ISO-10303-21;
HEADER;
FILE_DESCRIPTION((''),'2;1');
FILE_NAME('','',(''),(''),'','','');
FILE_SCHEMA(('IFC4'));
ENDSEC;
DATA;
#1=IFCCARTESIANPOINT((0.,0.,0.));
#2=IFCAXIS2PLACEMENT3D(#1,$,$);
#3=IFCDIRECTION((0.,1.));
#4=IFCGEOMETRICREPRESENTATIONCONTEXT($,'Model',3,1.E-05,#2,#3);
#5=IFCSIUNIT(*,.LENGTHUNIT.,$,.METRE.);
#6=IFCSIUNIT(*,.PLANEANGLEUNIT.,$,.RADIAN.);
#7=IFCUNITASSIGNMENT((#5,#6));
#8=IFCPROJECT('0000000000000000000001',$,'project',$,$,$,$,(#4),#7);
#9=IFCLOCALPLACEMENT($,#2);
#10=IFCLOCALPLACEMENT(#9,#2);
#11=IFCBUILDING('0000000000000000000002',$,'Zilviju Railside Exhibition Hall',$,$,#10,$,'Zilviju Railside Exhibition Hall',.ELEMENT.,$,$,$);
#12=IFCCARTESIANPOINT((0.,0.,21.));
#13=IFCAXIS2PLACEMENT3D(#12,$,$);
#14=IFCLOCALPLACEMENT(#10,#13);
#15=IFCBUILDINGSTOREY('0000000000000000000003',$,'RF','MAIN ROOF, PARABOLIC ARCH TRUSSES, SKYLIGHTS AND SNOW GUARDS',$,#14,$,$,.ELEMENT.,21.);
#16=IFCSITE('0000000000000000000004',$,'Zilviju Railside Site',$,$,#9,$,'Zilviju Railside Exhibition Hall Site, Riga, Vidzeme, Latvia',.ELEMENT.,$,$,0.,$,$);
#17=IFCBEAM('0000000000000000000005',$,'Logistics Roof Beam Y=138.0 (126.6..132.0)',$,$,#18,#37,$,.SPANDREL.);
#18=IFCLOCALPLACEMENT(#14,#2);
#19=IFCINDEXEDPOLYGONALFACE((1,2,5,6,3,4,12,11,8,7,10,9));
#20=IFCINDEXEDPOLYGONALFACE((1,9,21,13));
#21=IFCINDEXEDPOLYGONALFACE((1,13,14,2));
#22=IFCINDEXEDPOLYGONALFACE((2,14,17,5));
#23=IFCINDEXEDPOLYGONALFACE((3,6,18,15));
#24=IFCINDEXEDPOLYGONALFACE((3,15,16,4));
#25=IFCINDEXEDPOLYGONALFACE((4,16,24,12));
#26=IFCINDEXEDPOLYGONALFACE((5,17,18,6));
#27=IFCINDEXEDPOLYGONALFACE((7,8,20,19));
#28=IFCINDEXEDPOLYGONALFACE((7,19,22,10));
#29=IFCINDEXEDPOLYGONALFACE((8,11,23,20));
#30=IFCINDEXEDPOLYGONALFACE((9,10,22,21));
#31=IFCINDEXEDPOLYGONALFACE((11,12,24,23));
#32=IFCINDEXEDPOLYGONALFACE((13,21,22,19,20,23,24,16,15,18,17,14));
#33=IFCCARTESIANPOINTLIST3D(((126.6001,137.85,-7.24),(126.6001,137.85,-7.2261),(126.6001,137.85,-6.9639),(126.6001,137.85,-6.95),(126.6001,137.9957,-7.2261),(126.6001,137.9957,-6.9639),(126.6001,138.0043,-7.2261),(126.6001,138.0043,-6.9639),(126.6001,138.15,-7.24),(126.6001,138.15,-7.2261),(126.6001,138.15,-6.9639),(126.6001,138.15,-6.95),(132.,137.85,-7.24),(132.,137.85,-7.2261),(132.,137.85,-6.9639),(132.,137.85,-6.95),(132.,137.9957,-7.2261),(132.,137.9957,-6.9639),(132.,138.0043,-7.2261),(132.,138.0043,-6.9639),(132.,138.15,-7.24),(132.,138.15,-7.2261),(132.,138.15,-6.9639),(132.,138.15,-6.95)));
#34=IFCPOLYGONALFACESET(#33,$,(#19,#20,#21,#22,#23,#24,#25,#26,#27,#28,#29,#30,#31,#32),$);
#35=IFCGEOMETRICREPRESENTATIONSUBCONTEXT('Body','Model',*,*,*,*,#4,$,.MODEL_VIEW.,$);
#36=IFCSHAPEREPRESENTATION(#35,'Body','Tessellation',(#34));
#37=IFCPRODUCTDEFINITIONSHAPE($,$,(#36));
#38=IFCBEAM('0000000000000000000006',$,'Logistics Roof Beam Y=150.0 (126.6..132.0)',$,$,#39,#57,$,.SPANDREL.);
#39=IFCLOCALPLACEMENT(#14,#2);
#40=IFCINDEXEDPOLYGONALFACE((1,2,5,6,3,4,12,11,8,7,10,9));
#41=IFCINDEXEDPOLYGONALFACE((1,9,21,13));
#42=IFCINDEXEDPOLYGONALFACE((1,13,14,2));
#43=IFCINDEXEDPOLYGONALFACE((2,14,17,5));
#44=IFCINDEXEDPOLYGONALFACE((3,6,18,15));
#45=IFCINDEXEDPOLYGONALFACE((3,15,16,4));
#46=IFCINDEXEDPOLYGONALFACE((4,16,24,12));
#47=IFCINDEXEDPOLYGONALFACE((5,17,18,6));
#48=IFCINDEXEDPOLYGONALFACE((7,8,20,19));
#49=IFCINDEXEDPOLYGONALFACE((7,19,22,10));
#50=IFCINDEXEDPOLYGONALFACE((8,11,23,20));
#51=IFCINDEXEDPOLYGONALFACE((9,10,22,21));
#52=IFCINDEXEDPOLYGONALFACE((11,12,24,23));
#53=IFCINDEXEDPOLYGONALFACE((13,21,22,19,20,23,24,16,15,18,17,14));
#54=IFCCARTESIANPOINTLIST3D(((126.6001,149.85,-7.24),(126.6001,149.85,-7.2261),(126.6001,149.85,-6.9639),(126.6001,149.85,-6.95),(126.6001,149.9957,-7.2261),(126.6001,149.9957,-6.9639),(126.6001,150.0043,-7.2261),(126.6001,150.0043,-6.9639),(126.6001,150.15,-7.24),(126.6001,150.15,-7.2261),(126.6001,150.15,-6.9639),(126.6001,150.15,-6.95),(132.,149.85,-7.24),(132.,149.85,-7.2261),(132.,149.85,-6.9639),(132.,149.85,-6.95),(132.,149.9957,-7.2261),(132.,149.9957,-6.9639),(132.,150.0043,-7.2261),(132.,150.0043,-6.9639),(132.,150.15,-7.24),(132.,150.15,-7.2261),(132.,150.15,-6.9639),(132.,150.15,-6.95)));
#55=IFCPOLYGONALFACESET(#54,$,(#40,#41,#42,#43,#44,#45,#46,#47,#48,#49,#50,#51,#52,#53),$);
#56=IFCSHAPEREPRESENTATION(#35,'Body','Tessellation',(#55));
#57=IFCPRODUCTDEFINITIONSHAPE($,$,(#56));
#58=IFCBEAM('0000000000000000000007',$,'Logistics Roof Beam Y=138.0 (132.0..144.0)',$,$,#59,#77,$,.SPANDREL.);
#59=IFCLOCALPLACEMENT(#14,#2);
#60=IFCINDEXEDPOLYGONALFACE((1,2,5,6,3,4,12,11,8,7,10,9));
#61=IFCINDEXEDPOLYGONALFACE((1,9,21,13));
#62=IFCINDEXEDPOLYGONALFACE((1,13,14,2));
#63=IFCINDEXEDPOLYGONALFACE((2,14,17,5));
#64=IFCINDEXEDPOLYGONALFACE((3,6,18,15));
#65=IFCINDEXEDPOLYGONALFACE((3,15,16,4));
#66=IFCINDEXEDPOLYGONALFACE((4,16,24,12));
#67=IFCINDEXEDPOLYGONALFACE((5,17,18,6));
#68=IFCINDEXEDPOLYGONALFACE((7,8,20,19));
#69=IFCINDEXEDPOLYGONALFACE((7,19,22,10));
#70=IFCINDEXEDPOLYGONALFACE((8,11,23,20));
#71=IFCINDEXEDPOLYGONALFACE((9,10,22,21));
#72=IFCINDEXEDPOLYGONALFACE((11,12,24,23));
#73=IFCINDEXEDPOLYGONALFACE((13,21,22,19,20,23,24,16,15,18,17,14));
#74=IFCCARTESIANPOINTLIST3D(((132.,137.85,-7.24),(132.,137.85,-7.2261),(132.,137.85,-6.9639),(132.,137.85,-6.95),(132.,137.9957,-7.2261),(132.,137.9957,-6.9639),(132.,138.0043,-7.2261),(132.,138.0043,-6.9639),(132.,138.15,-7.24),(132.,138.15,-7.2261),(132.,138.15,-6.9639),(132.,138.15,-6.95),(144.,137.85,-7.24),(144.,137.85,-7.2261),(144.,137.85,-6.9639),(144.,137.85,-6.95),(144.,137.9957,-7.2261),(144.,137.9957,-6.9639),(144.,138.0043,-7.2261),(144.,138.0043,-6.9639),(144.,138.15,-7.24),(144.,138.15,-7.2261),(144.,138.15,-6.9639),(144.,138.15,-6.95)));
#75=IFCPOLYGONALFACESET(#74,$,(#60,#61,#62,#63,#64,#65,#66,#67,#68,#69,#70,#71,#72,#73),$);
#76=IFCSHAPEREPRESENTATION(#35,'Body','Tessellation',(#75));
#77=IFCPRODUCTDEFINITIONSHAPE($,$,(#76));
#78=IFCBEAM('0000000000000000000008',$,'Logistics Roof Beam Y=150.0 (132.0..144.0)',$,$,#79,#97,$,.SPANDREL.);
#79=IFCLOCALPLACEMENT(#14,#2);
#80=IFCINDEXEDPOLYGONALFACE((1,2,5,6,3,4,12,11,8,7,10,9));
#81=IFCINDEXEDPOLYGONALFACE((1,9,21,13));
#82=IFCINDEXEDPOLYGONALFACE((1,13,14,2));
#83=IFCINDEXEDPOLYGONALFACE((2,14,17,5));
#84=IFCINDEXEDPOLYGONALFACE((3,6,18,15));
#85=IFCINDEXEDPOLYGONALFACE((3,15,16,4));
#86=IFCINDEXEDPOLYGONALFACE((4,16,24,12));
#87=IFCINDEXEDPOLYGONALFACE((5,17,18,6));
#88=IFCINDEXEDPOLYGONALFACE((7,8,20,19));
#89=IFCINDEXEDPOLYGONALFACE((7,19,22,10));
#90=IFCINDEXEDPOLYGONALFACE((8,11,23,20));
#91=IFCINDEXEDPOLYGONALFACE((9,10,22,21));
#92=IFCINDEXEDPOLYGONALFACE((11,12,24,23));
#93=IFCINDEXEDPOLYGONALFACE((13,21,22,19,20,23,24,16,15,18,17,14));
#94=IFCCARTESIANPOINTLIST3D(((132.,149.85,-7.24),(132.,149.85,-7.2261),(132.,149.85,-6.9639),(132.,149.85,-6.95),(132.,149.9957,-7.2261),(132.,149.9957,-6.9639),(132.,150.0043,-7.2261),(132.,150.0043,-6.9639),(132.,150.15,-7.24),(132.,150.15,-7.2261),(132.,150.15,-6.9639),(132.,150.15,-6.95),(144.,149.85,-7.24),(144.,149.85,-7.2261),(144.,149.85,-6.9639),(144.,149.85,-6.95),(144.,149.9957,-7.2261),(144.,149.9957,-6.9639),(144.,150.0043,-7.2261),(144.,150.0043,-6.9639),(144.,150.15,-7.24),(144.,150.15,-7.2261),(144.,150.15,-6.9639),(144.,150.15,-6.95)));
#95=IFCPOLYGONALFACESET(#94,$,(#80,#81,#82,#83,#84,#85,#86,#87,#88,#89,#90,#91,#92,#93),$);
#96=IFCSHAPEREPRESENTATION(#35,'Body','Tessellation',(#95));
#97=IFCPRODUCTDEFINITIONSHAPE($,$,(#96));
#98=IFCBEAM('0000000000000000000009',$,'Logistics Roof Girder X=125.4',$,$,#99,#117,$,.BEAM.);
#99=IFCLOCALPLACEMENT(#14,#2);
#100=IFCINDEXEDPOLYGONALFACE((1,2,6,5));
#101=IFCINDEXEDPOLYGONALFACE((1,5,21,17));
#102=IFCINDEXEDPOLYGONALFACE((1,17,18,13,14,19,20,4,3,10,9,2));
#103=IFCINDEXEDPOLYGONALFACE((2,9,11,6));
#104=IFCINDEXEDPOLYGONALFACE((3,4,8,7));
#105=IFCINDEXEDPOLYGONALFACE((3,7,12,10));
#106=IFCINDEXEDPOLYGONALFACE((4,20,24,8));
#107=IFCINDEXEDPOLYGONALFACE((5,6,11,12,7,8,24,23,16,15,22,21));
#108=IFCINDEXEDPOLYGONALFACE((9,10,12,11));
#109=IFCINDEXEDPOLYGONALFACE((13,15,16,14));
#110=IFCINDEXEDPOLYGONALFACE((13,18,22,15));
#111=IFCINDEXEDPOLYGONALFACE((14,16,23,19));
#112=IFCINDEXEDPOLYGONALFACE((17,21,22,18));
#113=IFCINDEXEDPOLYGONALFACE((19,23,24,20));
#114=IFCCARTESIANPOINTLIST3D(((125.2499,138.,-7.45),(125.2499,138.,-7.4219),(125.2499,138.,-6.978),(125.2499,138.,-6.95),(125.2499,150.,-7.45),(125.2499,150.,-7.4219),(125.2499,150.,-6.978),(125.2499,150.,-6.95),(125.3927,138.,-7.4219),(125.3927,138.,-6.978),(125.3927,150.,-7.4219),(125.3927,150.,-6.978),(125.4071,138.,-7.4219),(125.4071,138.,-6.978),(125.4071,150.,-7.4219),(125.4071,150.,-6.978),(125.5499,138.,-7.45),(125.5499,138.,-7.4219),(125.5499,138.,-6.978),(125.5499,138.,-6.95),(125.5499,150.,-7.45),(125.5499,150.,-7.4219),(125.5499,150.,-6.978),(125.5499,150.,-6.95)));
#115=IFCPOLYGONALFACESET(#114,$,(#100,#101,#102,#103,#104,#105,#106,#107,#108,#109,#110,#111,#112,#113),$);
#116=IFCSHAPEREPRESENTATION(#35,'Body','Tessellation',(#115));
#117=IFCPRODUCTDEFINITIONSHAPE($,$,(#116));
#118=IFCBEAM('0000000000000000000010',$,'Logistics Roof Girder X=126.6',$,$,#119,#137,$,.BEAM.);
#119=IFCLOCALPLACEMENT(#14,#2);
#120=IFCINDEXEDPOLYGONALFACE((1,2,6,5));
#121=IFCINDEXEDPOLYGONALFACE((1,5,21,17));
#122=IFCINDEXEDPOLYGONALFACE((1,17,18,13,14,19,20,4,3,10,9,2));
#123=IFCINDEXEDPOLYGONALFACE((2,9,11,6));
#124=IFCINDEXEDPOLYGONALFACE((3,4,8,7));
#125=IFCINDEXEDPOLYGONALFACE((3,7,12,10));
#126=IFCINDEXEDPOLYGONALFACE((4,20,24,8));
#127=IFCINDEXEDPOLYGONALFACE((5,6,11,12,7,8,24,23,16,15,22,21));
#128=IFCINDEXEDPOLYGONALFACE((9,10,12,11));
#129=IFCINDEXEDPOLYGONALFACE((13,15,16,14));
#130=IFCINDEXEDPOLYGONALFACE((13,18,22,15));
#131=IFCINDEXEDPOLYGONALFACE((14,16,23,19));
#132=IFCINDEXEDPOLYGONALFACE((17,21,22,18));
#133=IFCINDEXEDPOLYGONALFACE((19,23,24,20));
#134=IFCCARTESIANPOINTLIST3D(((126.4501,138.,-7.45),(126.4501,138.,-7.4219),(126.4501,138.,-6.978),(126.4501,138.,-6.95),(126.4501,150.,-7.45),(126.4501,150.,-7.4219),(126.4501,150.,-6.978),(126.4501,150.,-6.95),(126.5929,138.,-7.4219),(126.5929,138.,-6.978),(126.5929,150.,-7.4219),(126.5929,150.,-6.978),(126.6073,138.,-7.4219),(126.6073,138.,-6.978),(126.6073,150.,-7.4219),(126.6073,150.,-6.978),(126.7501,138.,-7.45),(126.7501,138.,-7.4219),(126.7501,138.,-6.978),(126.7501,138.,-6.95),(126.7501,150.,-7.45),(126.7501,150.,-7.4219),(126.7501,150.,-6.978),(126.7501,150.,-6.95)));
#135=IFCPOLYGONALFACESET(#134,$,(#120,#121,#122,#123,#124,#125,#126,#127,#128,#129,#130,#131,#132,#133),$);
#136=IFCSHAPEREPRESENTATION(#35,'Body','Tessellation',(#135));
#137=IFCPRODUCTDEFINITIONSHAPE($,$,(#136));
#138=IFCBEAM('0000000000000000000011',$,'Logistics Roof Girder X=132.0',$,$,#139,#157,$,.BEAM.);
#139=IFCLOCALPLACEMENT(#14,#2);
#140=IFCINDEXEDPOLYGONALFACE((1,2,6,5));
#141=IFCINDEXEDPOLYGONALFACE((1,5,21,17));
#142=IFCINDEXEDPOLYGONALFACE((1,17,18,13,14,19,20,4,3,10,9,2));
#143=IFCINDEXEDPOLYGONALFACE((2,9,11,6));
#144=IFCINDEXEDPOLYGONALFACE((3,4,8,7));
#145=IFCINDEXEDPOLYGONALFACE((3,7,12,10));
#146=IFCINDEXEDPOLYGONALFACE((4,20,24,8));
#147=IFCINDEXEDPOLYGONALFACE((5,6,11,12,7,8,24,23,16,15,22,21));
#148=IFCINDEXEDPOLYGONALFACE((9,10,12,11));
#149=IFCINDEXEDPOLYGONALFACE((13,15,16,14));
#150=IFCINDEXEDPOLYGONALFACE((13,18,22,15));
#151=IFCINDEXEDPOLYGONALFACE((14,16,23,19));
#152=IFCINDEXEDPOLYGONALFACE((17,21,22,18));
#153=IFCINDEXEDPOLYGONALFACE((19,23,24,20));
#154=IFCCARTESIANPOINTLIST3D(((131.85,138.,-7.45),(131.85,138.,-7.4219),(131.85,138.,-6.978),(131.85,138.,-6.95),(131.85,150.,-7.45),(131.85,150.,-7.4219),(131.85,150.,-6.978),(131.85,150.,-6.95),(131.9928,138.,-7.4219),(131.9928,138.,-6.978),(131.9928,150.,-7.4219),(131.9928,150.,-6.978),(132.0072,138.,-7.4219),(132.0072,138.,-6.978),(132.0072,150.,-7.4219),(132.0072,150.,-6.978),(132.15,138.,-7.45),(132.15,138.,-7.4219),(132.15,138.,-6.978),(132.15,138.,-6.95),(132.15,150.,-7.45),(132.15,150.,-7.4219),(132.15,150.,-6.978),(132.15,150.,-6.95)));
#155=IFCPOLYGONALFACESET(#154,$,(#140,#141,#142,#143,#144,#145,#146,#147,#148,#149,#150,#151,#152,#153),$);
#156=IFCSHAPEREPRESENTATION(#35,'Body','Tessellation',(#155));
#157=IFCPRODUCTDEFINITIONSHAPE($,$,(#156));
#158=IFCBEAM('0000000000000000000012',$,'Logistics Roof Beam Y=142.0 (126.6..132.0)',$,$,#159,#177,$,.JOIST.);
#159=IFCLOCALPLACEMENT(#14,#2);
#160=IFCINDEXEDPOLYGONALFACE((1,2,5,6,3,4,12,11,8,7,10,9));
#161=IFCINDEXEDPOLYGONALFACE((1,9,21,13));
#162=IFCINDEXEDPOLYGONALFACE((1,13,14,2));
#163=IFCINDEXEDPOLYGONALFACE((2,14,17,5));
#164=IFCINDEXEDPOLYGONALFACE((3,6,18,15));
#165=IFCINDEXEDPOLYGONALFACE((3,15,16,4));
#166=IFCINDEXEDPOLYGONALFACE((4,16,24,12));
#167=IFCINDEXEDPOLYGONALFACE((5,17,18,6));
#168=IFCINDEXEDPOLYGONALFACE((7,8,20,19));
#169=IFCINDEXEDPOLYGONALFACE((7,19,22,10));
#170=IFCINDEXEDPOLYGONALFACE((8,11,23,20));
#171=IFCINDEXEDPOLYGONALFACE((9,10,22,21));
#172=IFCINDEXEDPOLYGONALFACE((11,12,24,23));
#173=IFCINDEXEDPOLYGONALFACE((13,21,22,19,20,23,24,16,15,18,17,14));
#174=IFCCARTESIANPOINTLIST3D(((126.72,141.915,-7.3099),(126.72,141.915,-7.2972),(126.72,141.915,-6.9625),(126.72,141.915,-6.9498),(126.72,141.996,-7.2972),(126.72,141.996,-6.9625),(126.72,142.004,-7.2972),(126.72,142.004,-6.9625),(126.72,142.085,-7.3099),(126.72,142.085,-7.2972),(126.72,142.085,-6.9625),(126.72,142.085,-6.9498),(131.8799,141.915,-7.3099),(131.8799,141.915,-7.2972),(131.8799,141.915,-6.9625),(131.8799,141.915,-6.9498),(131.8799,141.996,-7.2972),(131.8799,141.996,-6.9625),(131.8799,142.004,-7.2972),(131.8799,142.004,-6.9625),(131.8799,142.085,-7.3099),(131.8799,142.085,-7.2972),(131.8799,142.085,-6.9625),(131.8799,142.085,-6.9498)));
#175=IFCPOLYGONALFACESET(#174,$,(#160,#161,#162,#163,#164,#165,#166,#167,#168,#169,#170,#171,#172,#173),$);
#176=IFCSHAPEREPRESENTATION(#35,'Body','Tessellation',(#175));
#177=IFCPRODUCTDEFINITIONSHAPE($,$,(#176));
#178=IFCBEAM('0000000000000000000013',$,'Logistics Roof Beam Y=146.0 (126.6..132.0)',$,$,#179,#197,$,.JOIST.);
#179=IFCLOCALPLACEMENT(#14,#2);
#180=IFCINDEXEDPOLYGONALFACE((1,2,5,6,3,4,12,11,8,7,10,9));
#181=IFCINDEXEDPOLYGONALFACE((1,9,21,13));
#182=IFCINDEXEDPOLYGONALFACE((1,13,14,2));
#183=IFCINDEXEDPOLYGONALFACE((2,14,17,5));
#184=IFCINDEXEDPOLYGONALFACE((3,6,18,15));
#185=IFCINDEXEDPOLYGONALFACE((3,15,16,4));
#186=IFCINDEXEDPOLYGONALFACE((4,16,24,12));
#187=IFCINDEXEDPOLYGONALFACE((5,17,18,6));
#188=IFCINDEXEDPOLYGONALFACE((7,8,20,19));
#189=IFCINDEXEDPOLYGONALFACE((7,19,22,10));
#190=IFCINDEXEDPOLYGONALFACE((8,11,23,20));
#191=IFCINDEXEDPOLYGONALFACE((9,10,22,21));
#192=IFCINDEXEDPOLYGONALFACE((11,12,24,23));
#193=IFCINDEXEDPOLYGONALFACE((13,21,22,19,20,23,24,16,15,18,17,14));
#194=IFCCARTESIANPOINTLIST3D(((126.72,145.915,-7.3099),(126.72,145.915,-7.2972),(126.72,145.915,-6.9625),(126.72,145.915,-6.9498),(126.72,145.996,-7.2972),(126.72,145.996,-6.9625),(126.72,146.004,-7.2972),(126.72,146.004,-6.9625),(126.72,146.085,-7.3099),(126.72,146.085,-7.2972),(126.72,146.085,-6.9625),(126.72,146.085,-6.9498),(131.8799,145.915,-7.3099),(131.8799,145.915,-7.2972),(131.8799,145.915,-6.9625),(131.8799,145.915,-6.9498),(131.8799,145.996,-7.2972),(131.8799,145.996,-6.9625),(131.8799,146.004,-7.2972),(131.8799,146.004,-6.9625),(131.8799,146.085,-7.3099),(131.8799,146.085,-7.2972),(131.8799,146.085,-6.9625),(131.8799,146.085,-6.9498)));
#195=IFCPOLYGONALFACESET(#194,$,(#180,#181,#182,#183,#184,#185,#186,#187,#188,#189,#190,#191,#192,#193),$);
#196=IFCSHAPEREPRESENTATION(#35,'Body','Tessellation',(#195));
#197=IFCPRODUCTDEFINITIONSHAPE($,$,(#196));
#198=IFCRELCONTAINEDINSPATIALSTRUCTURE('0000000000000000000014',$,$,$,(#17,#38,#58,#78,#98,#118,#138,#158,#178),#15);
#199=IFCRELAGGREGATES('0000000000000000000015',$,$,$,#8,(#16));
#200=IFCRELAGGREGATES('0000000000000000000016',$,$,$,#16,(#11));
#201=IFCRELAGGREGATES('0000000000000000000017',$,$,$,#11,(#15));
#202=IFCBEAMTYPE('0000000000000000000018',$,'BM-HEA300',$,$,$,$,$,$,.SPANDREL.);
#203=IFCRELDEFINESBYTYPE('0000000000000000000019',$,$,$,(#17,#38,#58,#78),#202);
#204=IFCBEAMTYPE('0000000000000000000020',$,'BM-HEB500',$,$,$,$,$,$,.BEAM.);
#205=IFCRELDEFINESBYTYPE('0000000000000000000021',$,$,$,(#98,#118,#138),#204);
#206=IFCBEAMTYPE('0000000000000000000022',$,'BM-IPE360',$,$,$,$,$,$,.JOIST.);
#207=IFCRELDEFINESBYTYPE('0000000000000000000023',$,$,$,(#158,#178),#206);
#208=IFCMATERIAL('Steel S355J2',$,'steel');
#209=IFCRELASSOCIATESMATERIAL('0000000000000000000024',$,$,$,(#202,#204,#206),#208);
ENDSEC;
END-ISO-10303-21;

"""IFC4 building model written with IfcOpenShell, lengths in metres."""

from ifc_helpers import new_model, si_unit, direction, frame, origin, origin_2d, place, context, subcontext, project, spatial, i_section, extrude, material, material_profile, profile_set, type_object, element, save


model = new_model("IFC4")

# Units and contexts
model_context = context("Model", 3, precision=1e-05, world=origin(), true_north=direction((0.0, 1.0)))
body_context = subcontext(model_context, "Body", "Model", "MODEL_VIEW")
ifc_project = project(units=[si_unit("LENGTHUNIT", "METRE"), si_unit("PLANEANGLEUNIT", "RADIAN")], contexts=[model_context])

# Site, building, storey
site_placement = place(None, origin())
site = spatial("IfcSite", under=ifc_project, at=site_placement, Name="Zilviju Railside Site", LongName="Zilviju Railside Exhibition Hall Site, Riga, Vidzeme, Latvia", CompositionType="ELEMENT", RefElevation=0.0)
building_placement = place(site_placement, origin())
building = spatial("IfcBuilding", under=site, at=building_placement, Name="Zilviju Railside Exhibition Hall", LongName="Zilviju Railside Exhibition Hall", CompositionType="ELEMENT")
storey_placement = place(building_placement, frame((0.0, 0.0, 21.0)))
storey = spatial("IfcBuildingStorey", under=building, at=storey_placement, Name="RF", Description="MAIN ROOF, PARABOLIC ARCH TRUSSES, SKYLIGHTS AND SNOW GUARDS", CompositionType="ELEMENT", Elevation=21.0)

# Beams
ifc_material_1 = material(Name="Steel S355J2", Category="steel")
ifc_material_profile_1 = material_profile(ifc_material_1, i_section(OverallWidth=0.3, OverallDepth=0.29, WebThickness=0.0085, FlangeThickness=0.0139, at=origin_2d()), Name="HEA 300")
ifc_profile_set_1 = profile_set([ifc_material_profile_1], Name="Steel S355J2")
beam_type_1 = type_object("IfcBeamType", Name="BM-HEA300", PredefinedType="SPANDREL", material=ifc_profile_set_1)
for number, where, z_axis, x_axis, name in (
    (1, (126.6001, 138.0, -7.095), (1.0, 0.0, 0.0), (0.0, 1.0, 0.0), "Logistics Roof Beam Y=138.0 (126.6..132.0)"),
    (2, (126.6001, 150.0, -7.095), (1.0, 0.0, 0.0), (0.0, 1.0, 0.0), "Logistics Roof Beam Y=150.0 (126.6..132.0)"),
):
    element("IfcBeam", number, at=place(storey_placement, frame(where, z_axis=z_axis, x_axis=x_axis)), inside=storey, type_object=beam_type_1, Name=name, PredefinedType="SPANDREL", context=body_context, shape_type="SweptSolid", body=[
        extrude(i_section(OverallWidth=0.3, OverallDepth=0.29, WebThickness=0.0085, FlangeThickness=0.0139, at=origin_2d()), origin(), (0.0, 0.0, 1.0), 5.3999),
    ])
for number, where, z_axis, x_axis, name in (
    (3, (132.0, 138.0, -7.095), (1.0, 0.0, 0.0), (0.0, 1.0, 0.0), "Logistics Roof Beam Y=138.0 (132.0..144.0)"),
    (4, (132.0, 150.0, -7.095), (1.0, 0.0, 0.0), (0.0, 1.0, 0.0), "Logistics Roof Beam Y=150.0 (132.0..144.0)"),
):
    element("IfcBeam", number, at=place(storey_placement, frame(where, z_axis=z_axis, x_axis=x_axis)), inside=storey, type_object=beam_type_1, Name=name, PredefinedType="SPANDREL", context=body_context, shape_type="SweptSolid", body=[
        extrude(i_section(OverallWidth=0.3, OverallDepth=0.29, WebThickness=0.0085, FlangeThickness=0.0139, at=origin_2d()), origin(), (0.0, 0.0, 1.0), 12.0),
    ])
ifc_material_profile_2 = material_profile(ifc_material_1, i_section(OverallWidth=0.3, OverallDepth=0.5, WebThickness=0.0144, FlangeThickness=0.0281, at=origin_2d()), Name="HEB 500")
ifc_profile_set_2 = profile_set([ifc_material_profile_2], Name="Steel S355J2")
beam_type_2 = type_object("IfcBeamType", Name="BM-HEB500", PredefinedType="BEAM", material=ifc_profile_set_2)
for number, where, z_axis, x_axis, name in (
    (5, (125.3999, 138.0, -7.2), (0.0, 1.0, 0.0), (-1.0, 0.0, 0.0), "Logistics Roof Girder X=125.4"),
    (6, (126.6001, 138.0, -7.2), (0.0, 1.0, 0.0), (-1.0, 0.0, 0.0), "Logistics Roof Girder X=126.6"),
    (7, (132.0, 138.0, -7.2), (0.0, 1.0, 0.0), (-1.0, 0.0, 0.0), "Logistics Roof Girder X=132.0"),
):
    element("IfcBeam", number, at=place(storey_placement, frame(where, z_axis=z_axis, x_axis=x_axis)), inside=storey, type_object=beam_type_2, Name=name, PredefinedType="BEAM", context=body_context, shape_type="SweptSolid", body=[
        extrude(i_section(OverallWidth=0.3, OverallDepth=0.5, WebThickness=0.0144, FlangeThickness=0.0281, at=origin_2d()), origin(), (0.0, 0.0, 1.0), 12.0),
    ])
ifc_material_profile_3 = material_profile(ifc_material_1, i_section(OverallWidth=0.1699, OverallDepth=0.3601, WebThickness=0.0081, FlangeThickness=0.0127, at=origin_2d()), Name="IPE 360")
ifc_profile_set_3 = profile_set([ifc_material_profile_3], Name="Steel S355J2")
beam_type_3 = type_object("IfcBeamType", Name="BM-IPE360", PredefinedType="JOIST", material=ifc_profile_set_3)
for number, where, z_axis, x_axis, name in (
    (8, (126.72, 142.0, -7.1299), (1.0, 0.0, 0.0), (0.0, 1.0, 0.0), "Logistics Roof Beam Y=142.0 (126.6..132.0)"),
    (9, (126.72, 146.0, -7.1299), (1.0, 0.0, 0.0), (0.0, 1.0, 0.0), "Logistics Roof Beam Y=146.0 (126.6..132.0)"),
):
    element("IfcBeam", number, at=place(storey_placement, frame(where, z_axis=z_axis, x_axis=x_axis)), inside=storey, type_object=beam_type_3, Name=name, PredefinedType="JOIST", context=body_context, shape_type="SweptSolid", body=[
        extrude(i_section(OverallWidth=0.1699, OverallDepth=0.3601, WebThickness=0.0081, FlangeThickness=0.0127, at=origin_2d()), origin(), (0.0, 0.0, 1.0), 5.1599),
    ])

save(model, "model.ifc")
